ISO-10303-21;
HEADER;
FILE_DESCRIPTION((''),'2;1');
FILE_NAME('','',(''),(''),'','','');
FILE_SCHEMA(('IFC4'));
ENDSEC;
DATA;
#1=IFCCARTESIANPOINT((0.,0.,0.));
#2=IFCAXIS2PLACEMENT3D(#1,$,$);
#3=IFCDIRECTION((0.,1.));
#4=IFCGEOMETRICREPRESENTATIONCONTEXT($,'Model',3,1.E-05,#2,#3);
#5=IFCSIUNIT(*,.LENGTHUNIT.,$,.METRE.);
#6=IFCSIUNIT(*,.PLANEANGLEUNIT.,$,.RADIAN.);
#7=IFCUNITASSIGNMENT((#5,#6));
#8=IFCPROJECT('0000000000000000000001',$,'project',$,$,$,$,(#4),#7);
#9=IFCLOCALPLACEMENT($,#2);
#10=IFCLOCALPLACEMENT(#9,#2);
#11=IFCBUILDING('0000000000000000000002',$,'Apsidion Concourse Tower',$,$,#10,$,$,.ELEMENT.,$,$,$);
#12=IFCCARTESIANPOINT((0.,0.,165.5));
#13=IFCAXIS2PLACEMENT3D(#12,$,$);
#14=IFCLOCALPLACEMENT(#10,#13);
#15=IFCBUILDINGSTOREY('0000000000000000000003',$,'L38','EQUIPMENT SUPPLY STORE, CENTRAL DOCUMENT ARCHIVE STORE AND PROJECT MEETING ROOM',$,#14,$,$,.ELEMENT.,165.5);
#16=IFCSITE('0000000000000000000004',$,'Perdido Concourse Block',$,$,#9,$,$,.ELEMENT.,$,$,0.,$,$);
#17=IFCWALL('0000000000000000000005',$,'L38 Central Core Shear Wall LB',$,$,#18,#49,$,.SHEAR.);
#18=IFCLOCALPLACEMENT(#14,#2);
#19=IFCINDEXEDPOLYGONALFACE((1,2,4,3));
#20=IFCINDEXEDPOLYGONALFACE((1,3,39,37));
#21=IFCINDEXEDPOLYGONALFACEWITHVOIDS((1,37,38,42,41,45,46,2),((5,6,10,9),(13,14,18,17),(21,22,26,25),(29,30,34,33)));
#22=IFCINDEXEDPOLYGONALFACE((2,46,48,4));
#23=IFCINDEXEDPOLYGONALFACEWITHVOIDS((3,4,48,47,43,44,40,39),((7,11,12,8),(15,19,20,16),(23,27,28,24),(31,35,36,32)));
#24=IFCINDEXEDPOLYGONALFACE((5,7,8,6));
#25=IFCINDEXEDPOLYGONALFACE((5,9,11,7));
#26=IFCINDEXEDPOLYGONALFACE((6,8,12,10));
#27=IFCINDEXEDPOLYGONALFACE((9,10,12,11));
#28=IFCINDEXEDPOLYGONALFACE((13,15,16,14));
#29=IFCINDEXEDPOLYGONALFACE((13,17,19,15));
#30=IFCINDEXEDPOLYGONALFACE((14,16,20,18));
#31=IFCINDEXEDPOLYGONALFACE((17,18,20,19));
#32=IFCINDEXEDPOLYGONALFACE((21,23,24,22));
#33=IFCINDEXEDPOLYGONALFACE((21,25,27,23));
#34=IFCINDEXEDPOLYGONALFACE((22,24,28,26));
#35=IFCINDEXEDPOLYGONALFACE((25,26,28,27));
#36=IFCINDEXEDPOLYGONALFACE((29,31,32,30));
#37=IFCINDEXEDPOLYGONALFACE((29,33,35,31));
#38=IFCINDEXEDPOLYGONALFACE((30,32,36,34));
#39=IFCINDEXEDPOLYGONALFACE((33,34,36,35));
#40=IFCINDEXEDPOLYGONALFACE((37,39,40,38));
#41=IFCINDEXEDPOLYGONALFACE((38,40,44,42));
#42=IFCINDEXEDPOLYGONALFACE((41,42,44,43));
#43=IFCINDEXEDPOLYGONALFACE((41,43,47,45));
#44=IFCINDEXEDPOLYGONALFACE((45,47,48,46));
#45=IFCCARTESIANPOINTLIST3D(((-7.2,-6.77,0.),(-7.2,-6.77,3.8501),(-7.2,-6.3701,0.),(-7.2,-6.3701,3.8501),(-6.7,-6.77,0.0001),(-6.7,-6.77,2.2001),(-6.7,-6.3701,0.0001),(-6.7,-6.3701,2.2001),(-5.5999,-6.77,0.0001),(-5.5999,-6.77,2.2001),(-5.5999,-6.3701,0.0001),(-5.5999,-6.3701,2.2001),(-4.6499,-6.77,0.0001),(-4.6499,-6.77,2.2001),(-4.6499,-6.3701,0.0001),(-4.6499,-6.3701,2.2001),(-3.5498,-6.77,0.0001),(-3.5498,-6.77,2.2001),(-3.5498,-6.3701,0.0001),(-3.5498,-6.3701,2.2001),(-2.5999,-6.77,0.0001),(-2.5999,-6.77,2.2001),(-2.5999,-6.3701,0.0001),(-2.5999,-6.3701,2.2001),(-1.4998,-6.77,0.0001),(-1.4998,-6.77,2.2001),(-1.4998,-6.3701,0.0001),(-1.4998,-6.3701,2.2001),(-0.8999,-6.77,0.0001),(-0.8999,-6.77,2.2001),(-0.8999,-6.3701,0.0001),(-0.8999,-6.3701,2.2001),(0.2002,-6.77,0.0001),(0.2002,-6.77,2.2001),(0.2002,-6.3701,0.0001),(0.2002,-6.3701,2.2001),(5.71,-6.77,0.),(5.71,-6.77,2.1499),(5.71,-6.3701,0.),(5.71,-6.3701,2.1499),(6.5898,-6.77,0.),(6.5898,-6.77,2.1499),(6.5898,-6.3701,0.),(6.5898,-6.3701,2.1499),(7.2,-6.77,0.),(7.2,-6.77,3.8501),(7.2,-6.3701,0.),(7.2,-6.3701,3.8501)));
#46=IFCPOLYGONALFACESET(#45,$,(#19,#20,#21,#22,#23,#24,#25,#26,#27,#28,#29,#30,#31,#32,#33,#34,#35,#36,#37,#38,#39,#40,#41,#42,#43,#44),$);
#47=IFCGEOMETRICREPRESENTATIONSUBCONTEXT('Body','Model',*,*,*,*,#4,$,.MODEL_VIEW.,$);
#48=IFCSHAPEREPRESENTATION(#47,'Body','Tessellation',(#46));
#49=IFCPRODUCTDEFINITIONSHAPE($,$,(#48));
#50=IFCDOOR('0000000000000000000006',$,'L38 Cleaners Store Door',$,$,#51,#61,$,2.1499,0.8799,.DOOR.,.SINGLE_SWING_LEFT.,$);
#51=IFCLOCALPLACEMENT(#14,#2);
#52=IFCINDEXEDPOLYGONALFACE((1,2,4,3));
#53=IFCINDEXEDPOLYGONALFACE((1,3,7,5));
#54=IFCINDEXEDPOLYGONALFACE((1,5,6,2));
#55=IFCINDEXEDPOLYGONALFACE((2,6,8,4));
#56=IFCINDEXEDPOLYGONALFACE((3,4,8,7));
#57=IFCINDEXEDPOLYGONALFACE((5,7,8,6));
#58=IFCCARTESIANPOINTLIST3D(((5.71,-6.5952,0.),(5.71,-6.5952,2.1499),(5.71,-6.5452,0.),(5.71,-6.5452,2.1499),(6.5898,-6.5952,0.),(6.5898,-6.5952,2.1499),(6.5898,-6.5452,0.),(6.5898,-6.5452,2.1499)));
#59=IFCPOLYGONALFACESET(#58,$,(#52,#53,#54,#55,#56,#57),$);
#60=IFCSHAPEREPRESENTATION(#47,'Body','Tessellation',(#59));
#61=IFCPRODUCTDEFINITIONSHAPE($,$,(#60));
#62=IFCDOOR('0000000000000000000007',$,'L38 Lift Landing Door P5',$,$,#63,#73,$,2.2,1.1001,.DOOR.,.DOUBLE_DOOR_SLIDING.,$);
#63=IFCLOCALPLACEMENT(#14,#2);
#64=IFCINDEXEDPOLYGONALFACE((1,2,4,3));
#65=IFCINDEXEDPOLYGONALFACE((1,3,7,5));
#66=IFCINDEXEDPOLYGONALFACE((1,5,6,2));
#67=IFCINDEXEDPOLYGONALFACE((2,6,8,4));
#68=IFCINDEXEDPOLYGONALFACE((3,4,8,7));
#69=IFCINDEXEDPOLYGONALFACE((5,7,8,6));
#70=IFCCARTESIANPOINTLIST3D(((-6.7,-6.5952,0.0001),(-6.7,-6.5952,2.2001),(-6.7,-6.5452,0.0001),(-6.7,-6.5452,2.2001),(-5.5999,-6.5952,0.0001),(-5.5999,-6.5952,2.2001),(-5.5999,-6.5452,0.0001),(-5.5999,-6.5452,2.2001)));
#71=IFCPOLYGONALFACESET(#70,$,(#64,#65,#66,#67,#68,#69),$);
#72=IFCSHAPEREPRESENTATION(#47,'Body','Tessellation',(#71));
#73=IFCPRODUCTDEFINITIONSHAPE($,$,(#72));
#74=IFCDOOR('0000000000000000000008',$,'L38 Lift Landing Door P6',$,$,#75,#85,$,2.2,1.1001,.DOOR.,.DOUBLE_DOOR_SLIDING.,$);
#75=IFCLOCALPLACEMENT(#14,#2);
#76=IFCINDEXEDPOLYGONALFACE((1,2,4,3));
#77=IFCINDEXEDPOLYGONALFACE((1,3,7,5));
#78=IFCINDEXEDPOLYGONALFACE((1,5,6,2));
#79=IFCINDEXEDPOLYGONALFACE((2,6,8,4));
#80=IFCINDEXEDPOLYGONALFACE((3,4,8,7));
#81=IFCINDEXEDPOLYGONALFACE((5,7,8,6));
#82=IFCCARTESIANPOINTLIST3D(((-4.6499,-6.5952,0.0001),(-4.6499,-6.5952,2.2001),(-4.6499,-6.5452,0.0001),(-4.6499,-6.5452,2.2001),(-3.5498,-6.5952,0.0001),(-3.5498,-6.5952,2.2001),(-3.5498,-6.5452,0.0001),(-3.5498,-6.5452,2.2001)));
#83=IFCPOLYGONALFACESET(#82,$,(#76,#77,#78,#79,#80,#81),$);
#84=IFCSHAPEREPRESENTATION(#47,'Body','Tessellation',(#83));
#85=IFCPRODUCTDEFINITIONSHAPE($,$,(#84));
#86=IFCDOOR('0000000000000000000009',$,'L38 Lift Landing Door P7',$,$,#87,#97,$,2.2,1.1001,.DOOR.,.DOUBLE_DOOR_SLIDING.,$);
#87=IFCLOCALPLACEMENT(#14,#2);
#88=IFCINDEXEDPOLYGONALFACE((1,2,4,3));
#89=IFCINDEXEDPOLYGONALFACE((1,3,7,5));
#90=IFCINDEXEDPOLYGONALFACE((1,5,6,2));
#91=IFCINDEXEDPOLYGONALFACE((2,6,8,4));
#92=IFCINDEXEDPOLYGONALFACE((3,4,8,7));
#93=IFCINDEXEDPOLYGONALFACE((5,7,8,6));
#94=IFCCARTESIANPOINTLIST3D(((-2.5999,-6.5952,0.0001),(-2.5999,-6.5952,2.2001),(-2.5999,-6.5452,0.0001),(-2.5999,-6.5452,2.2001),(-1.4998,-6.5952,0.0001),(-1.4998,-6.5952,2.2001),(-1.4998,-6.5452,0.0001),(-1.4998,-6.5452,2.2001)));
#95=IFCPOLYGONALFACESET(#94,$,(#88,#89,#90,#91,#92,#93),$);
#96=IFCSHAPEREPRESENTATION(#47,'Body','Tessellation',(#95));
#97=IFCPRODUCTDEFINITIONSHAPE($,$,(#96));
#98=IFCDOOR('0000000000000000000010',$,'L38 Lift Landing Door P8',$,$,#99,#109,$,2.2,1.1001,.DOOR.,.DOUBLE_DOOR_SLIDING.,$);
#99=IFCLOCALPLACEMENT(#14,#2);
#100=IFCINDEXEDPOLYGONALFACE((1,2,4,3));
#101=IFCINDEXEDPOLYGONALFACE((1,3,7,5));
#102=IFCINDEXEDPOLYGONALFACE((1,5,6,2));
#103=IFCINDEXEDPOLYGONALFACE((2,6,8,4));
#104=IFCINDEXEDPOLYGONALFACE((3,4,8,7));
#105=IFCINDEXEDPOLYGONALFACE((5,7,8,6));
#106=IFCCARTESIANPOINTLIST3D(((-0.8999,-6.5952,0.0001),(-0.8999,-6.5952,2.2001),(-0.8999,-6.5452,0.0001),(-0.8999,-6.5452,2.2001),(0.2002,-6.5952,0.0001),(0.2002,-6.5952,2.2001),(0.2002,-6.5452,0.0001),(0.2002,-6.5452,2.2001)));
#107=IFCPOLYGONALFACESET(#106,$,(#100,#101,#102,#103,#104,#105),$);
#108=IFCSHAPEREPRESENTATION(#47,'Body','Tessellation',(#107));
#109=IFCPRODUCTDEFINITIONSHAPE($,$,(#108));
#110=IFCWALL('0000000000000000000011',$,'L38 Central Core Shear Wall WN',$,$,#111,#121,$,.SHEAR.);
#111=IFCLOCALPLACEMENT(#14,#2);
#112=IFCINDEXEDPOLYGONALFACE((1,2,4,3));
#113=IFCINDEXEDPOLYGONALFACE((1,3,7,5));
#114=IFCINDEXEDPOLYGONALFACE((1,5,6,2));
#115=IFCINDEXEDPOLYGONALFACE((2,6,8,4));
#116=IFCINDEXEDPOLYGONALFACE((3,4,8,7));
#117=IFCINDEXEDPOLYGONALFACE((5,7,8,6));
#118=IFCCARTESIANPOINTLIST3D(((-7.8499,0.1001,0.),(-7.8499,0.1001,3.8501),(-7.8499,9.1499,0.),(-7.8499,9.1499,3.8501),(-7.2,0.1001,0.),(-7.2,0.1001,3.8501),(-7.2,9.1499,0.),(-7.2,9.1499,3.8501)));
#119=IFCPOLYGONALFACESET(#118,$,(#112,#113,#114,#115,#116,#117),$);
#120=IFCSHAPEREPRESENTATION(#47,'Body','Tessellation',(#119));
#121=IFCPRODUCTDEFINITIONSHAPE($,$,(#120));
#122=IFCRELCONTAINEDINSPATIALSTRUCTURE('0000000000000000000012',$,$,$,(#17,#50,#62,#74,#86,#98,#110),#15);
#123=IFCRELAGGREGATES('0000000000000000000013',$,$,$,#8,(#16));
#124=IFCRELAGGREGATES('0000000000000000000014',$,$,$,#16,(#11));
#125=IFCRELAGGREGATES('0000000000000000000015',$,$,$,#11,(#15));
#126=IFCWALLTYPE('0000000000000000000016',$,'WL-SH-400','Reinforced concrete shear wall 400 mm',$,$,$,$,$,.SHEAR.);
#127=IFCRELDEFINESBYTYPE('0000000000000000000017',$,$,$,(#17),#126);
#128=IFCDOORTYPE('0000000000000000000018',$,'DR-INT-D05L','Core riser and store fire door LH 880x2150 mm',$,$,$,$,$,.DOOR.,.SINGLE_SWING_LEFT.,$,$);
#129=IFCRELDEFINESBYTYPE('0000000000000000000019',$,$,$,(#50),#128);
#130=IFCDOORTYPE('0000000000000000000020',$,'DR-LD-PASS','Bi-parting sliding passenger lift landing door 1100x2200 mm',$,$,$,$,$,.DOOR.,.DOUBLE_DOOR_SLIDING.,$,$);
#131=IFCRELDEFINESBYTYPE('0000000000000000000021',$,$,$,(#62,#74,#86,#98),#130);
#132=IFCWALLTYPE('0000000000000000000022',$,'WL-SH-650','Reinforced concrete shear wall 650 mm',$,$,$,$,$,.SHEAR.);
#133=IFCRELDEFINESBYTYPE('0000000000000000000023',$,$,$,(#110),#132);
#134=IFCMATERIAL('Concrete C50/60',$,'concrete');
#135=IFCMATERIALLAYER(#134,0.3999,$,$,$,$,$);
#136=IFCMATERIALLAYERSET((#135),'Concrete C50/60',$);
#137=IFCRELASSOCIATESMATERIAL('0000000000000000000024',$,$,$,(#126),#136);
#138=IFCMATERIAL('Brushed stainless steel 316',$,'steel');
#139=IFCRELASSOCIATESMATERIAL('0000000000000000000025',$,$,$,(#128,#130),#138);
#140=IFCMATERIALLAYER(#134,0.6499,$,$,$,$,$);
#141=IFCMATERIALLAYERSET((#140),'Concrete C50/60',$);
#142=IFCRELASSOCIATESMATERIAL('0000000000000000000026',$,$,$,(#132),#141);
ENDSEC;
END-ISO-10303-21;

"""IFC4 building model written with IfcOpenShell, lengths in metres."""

from ifc_helpers import new_model, si_unit, direction, frame, frame_2d, origin, place, context, subcontext, project, spatial, rectangle, extrude, material, layer, layer_set, type_object, element, fill, save


model = new_model("IFC4")

# Units and contexts
model_context = context("Model", 3, precision=1e-05, world=origin(), true_north=direction((0.0, 1.0)))
body_context = subcontext(model_context, "Body", "Model", "MODEL_VIEW")
ifc_project = project(units=[si_unit("LENGTHUNIT", "METRE"), si_unit("PLANEANGLEUNIT", "RADIAN")], contexts=[model_context])

# Site, building, storey
site_placement = place(None, origin())
site = spatial("IfcSite", under=ifc_project, at=site_placement, Name="Perdido Concourse Block", CompositionType="ELEMENT", RefElevation=0.0)
building_placement = place(site_placement, origin())
building = spatial("IfcBuilding", under=site, at=building_placement, Name="Apsidion Concourse Tower", CompositionType="ELEMENT")
storey_placement = place(building_placement, frame((0.0, 0.0, 165.5)))
storey = spatial("IfcBuildingStorey", under=building, at=storey_placement, Name="L38", Description="EQUIPMENT SUPPLY STORE, CENTRAL DOCUMENT ARCHIVE STORE AND PROJECT MEETING ROOM", CompositionType="ELEMENT", Elevation=165.5)

# Shared definitions
ifc_material_1 = material(Name="Brushed stainless steel 316", Category="steel")

# Shared definitions
ifc_material_2 = material(Name="Concrete C50/60", Category="concrete")
ifc_layer_1 = layer(ifc_material_2, 0.3999)
ifc_layer_set_1 = layer_set([ifc_layer_1], Name="Concrete C50/60")
wall_type_1 = type_object("IfcWallType", Name="WL-SH-400", Description="Reinforced concrete shear wall 400 mm", PredefinedType="SHEAR", material=ifc_layer_set_1)

# Wall, openings, doors
wall_1_placement = place(storey_placement, frame((-7.2, -6.5701, 0.0), z_axis=(0.0, 0.0, 1.0), x_axis=(1.0, 0.0, 0.0)))
wall_1 = element("IfcWall", 1, at=wall_1_placement, inside=storey, type_object=wall_type_1, Name="L38 Central Core Shear Wall LB", PredefinedType="SHEAR", context=body_context, shape_type="SweptSolid", body=[
    extrude(rectangle(XDim=14.3999, YDim=0.3999, at=frame_2d((7.2, 0.0))), origin(), (0.0, 0.0, 1.0), 3.8501),
])
opening_1_placement = place(wall_1_placement, frame((0.5, 0.0, 0.0)))
opening_1 = element("IfcOpeningElement", 2, at=opening_1_placement, cuts=wall_1, PredefinedType="OPENING", context=body_context, shape_type="SweptSolid", body=[
    extrude(rectangle(XDim=1.1001, YDim=2.2, at=frame_2d((0.55, 1.1001))), frame((0.0, 0.21, 0.0), z_axis=(0.0, -1.0, 0.0), x_axis=(1.0, 0.0, 0.0)), (0.0, 0.0, 1.0), 0.4199),
])
opening_2_placement = place(wall_1_placement, frame((2.55, 0.0, 0.0)))
opening_2 = element("IfcOpeningElement", 3, at=opening_2_placement, cuts=wall_1, PredefinedType="OPENING", context=body_context, shape_type="SweptSolid", body=[
    extrude(rectangle(XDim=1.1001, YDim=2.2, at=frame_2d((0.55, 1.1001))), frame((0.0, 0.21, 0.0), z_axis=(0.0, -1.0, 0.0), x_axis=(1.0, 0.0, 0.0)), (0.0, 0.0, 1.0), 0.4199),
])
opening_3_placement = place(wall_1_placement, frame((4.6001, 0.0, 0.0)))
opening_3 = element("IfcOpeningElement", 4, at=opening_3_placement, cuts=wall_1, PredefinedType="OPENING", context=body_context, shape_type="SweptSolid", body=[
    extrude(rectangle(XDim=1.1001, YDim=2.2, at=frame_2d((0.55, 1.1001))), frame((0.0, 0.21, 0.0), z_axis=(0.0, -1.0, 0.0), x_axis=(1.0, 0.0, 0.0)), (0.0, 0.0, 1.0), 0.4199),
])
opening_4_placement = place(wall_1_placement, frame((6.3, 0.0, 0.0)))
opening_4 = element("IfcOpeningElement", 5, at=opening_4_placement, cuts=wall_1, PredefinedType="OPENING", context=body_context, shape_type="SweptSolid", body=[
    extrude(rectangle(XDim=1.1001, YDim=2.2, at=frame_2d((0.55, 1.1001))), frame((0.0, 0.21, 0.0), z_axis=(0.0, -1.0, 0.0), x_axis=(1.0, 0.0, 0.0)), (0.0, 0.0, 1.0), 0.4199),
])
opening_5_placement = place(wall_1_placement, frame((12.9099, 0.0, 0.0)))
opening_5 = element("IfcOpeningElement", 6, at=opening_5_placement, cuts=wall_1, PredefinedType="OPENING", context=body_context, shape_type="SweptSolid", body=[
    extrude(rectangle(XDim=0.8799, YDim=2.1499, at=frame_2d((0.4399, 1.075))), frame((0.0, 0.21, 0.0), z_axis=(0.0, -1.0, 0.0), x_axis=(1.0, 0.0, 0.0)), (0.0, 0.0, 1.0), 0.4199),
])
door_type_1 = type_object("IfcDoorType", Name="DR-INT-D05L", Description="Core riser and store fire door LH 880x2150 mm", OperationType="SINGLE_SWING_LEFT", PredefinedType="DOOR", material=ifc_material_1)
door_1_placement = place(opening_5_placement, origin())
door_1 = element("IfcDoor", 7, at=door_1_placement, inside=storey, type_object=door_type_1, Name="L38 Cleaners Store Door", OperationType="SINGLE_SWING_LEFT", OverallHeight=2.1499, OverallWidth=0.8799, PredefinedType="DOOR", context=body_context, shape_type="SweptSolid", body=[
    extrude(rectangle(XDim=0.8799, YDim=2.1499, at=frame_2d((0.4399, 1.075))), frame((0.0, 0.0249, 0.0), z_axis=(0.0, -1.0, 0.0), x_axis=(1.0, 0.0, 0.0)), (0.0, 0.0, 1.0), 0.05),
])
fill(opening_5, door_1)
door_type_2 = type_object("IfcDoorType", Name="DR-LD-PASS", Description="Bi-parting sliding passenger lift landing door 1100x2200 mm", OperationType="DOUBLE_DOOR_SLIDING", PredefinedType="DOOR", material=ifc_material_1)
door_2_placement = place(opening_1_placement, origin())
door_2 = element("IfcDoor", 8, at=door_2_placement, inside=storey, type_object=door_type_2, Name="L38 Lift Landing Door P5", OperationType="DOUBLE_DOOR_SLIDING", OverallHeight=2.2, OverallWidth=1.1001, PredefinedType="DOOR", context=body_context, shape_type="SweptSolid", body=[
    extrude(rectangle(XDim=1.1001, YDim=2.2, at=frame_2d((0.55, 1.1001))), frame((0.0, 0.0249, 0.0), z_axis=(0.0, -1.0, 0.0), x_axis=(1.0, 0.0, 0.0)), (0.0, 0.0, 1.0), 0.05),
])
fill(opening_1, door_2)
door_3_placement = place(opening_2_placement, origin())
door_3 = element("IfcDoor", 9, at=door_3_placement, inside=storey, type_object=door_type_2, Name="L38 Lift Landing Door P6", OperationType="DOUBLE_DOOR_SLIDING", OverallHeight=2.2, OverallWidth=1.1001, PredefinedType="DOOR", context=body_context, shape_type="SweptSolid", body=[
    extrude(rectangle(XDim=1.1001, YDim=2.2, at=frame_2d((0.55, 1.1001))), frame((0.0, 0.0249, 0.0), z_axis=(0.0, -1.0, 0.0), x_axis=(1.0, 0.0, 0.0)), (0.0, 0.0, 1.0), 0.05),
])
fill(opening_2, door_3)
door_4_placement = place(opening_3_placement, origin())
door_4 = element("IfcDoor", 10, at=door_4_placement, inside=storey, type_object=door_type_2, Name="L38 Lift Landing Door P7", OperationType="DOUBLE_DOOR_SLIDING", OverallHeight=2.2, OverallWidth=1.1001, PredefinedType="DOOR", context=body_context, shape_type="SweptSolid", body=[
    extrude(rectangle(XDim=1.1001, YDim=2.2, at=frame_2d((0.55, 1.1001))), frame((0.0, 0.0249, 0.0), z_axis=(0.0, -1.0, 0.0), x_axis=(1.0, 0.0, 0.0)), (0.0, 0.0, 1.0), 0.05),
])
fill(opening_3, door_4)
door_5_placement = place(opening_4_placement, origin())
door_5 = element("IfcDoor", 11, at=door_5_placement, inside=storey, type_object=door_type_2, Name="L38 Lift Landing Door P8", OperationType="DOUBLE_DOOR_SLIDING", OverallHeight=2.2, OverallWidth=1.1001, PredefinedType="DOOR", context=body_context, shape_type="SweptSolid", body=[
    extrude(rectangle(XDim=1.1001, YDim=2.2, at=frame_2d((0.55, 1.1001))), frame((0.0, 0.0249, 0.0), z_axis=(0.0, -1.0, 0.0), x_axis=(1.0, 0.0, 0.0)), (0.0, 0.0, 1.0), 0.05),
])
fill(opening_4, door_5)

# Wall
ifc_layer_2 = layer(ifc_material_2, 0.6499)
ifc_layer_set_2 = layer_set([ifc_layer_2], Name="Concrete C50/60")
wall_type_2 = type_object("IfcWallType", Name="WL-SH-650", Description="Reinforced concrete shear wall 650 mm", PredefinedType="SHEAR", material=ifc_layer_set_2)
wall_2_placement = place(storey_placement, frame((-7.5249, 0.1001, 0.0), z_axis=(0.0, 0.0, 1.0), x_axis=(0.0, 1.0, 0.0)))
element("IfcWall", 12, at=wall_2_placement, inside=storey, type_object=wall_type_2, Name="L38 Central Core Shear Wall WN", PredefinedType="SHEAR", context=body_context, shape_type="SweptSolid", body=[
    extrude(rectangle(XDim=9.0498, YDim=0.6499, at=frame_2d((4.5249, 0.0))), origin(), (0.0, 0.0, 1.0), 3.8501),
])

save(model, "model.ifc")
